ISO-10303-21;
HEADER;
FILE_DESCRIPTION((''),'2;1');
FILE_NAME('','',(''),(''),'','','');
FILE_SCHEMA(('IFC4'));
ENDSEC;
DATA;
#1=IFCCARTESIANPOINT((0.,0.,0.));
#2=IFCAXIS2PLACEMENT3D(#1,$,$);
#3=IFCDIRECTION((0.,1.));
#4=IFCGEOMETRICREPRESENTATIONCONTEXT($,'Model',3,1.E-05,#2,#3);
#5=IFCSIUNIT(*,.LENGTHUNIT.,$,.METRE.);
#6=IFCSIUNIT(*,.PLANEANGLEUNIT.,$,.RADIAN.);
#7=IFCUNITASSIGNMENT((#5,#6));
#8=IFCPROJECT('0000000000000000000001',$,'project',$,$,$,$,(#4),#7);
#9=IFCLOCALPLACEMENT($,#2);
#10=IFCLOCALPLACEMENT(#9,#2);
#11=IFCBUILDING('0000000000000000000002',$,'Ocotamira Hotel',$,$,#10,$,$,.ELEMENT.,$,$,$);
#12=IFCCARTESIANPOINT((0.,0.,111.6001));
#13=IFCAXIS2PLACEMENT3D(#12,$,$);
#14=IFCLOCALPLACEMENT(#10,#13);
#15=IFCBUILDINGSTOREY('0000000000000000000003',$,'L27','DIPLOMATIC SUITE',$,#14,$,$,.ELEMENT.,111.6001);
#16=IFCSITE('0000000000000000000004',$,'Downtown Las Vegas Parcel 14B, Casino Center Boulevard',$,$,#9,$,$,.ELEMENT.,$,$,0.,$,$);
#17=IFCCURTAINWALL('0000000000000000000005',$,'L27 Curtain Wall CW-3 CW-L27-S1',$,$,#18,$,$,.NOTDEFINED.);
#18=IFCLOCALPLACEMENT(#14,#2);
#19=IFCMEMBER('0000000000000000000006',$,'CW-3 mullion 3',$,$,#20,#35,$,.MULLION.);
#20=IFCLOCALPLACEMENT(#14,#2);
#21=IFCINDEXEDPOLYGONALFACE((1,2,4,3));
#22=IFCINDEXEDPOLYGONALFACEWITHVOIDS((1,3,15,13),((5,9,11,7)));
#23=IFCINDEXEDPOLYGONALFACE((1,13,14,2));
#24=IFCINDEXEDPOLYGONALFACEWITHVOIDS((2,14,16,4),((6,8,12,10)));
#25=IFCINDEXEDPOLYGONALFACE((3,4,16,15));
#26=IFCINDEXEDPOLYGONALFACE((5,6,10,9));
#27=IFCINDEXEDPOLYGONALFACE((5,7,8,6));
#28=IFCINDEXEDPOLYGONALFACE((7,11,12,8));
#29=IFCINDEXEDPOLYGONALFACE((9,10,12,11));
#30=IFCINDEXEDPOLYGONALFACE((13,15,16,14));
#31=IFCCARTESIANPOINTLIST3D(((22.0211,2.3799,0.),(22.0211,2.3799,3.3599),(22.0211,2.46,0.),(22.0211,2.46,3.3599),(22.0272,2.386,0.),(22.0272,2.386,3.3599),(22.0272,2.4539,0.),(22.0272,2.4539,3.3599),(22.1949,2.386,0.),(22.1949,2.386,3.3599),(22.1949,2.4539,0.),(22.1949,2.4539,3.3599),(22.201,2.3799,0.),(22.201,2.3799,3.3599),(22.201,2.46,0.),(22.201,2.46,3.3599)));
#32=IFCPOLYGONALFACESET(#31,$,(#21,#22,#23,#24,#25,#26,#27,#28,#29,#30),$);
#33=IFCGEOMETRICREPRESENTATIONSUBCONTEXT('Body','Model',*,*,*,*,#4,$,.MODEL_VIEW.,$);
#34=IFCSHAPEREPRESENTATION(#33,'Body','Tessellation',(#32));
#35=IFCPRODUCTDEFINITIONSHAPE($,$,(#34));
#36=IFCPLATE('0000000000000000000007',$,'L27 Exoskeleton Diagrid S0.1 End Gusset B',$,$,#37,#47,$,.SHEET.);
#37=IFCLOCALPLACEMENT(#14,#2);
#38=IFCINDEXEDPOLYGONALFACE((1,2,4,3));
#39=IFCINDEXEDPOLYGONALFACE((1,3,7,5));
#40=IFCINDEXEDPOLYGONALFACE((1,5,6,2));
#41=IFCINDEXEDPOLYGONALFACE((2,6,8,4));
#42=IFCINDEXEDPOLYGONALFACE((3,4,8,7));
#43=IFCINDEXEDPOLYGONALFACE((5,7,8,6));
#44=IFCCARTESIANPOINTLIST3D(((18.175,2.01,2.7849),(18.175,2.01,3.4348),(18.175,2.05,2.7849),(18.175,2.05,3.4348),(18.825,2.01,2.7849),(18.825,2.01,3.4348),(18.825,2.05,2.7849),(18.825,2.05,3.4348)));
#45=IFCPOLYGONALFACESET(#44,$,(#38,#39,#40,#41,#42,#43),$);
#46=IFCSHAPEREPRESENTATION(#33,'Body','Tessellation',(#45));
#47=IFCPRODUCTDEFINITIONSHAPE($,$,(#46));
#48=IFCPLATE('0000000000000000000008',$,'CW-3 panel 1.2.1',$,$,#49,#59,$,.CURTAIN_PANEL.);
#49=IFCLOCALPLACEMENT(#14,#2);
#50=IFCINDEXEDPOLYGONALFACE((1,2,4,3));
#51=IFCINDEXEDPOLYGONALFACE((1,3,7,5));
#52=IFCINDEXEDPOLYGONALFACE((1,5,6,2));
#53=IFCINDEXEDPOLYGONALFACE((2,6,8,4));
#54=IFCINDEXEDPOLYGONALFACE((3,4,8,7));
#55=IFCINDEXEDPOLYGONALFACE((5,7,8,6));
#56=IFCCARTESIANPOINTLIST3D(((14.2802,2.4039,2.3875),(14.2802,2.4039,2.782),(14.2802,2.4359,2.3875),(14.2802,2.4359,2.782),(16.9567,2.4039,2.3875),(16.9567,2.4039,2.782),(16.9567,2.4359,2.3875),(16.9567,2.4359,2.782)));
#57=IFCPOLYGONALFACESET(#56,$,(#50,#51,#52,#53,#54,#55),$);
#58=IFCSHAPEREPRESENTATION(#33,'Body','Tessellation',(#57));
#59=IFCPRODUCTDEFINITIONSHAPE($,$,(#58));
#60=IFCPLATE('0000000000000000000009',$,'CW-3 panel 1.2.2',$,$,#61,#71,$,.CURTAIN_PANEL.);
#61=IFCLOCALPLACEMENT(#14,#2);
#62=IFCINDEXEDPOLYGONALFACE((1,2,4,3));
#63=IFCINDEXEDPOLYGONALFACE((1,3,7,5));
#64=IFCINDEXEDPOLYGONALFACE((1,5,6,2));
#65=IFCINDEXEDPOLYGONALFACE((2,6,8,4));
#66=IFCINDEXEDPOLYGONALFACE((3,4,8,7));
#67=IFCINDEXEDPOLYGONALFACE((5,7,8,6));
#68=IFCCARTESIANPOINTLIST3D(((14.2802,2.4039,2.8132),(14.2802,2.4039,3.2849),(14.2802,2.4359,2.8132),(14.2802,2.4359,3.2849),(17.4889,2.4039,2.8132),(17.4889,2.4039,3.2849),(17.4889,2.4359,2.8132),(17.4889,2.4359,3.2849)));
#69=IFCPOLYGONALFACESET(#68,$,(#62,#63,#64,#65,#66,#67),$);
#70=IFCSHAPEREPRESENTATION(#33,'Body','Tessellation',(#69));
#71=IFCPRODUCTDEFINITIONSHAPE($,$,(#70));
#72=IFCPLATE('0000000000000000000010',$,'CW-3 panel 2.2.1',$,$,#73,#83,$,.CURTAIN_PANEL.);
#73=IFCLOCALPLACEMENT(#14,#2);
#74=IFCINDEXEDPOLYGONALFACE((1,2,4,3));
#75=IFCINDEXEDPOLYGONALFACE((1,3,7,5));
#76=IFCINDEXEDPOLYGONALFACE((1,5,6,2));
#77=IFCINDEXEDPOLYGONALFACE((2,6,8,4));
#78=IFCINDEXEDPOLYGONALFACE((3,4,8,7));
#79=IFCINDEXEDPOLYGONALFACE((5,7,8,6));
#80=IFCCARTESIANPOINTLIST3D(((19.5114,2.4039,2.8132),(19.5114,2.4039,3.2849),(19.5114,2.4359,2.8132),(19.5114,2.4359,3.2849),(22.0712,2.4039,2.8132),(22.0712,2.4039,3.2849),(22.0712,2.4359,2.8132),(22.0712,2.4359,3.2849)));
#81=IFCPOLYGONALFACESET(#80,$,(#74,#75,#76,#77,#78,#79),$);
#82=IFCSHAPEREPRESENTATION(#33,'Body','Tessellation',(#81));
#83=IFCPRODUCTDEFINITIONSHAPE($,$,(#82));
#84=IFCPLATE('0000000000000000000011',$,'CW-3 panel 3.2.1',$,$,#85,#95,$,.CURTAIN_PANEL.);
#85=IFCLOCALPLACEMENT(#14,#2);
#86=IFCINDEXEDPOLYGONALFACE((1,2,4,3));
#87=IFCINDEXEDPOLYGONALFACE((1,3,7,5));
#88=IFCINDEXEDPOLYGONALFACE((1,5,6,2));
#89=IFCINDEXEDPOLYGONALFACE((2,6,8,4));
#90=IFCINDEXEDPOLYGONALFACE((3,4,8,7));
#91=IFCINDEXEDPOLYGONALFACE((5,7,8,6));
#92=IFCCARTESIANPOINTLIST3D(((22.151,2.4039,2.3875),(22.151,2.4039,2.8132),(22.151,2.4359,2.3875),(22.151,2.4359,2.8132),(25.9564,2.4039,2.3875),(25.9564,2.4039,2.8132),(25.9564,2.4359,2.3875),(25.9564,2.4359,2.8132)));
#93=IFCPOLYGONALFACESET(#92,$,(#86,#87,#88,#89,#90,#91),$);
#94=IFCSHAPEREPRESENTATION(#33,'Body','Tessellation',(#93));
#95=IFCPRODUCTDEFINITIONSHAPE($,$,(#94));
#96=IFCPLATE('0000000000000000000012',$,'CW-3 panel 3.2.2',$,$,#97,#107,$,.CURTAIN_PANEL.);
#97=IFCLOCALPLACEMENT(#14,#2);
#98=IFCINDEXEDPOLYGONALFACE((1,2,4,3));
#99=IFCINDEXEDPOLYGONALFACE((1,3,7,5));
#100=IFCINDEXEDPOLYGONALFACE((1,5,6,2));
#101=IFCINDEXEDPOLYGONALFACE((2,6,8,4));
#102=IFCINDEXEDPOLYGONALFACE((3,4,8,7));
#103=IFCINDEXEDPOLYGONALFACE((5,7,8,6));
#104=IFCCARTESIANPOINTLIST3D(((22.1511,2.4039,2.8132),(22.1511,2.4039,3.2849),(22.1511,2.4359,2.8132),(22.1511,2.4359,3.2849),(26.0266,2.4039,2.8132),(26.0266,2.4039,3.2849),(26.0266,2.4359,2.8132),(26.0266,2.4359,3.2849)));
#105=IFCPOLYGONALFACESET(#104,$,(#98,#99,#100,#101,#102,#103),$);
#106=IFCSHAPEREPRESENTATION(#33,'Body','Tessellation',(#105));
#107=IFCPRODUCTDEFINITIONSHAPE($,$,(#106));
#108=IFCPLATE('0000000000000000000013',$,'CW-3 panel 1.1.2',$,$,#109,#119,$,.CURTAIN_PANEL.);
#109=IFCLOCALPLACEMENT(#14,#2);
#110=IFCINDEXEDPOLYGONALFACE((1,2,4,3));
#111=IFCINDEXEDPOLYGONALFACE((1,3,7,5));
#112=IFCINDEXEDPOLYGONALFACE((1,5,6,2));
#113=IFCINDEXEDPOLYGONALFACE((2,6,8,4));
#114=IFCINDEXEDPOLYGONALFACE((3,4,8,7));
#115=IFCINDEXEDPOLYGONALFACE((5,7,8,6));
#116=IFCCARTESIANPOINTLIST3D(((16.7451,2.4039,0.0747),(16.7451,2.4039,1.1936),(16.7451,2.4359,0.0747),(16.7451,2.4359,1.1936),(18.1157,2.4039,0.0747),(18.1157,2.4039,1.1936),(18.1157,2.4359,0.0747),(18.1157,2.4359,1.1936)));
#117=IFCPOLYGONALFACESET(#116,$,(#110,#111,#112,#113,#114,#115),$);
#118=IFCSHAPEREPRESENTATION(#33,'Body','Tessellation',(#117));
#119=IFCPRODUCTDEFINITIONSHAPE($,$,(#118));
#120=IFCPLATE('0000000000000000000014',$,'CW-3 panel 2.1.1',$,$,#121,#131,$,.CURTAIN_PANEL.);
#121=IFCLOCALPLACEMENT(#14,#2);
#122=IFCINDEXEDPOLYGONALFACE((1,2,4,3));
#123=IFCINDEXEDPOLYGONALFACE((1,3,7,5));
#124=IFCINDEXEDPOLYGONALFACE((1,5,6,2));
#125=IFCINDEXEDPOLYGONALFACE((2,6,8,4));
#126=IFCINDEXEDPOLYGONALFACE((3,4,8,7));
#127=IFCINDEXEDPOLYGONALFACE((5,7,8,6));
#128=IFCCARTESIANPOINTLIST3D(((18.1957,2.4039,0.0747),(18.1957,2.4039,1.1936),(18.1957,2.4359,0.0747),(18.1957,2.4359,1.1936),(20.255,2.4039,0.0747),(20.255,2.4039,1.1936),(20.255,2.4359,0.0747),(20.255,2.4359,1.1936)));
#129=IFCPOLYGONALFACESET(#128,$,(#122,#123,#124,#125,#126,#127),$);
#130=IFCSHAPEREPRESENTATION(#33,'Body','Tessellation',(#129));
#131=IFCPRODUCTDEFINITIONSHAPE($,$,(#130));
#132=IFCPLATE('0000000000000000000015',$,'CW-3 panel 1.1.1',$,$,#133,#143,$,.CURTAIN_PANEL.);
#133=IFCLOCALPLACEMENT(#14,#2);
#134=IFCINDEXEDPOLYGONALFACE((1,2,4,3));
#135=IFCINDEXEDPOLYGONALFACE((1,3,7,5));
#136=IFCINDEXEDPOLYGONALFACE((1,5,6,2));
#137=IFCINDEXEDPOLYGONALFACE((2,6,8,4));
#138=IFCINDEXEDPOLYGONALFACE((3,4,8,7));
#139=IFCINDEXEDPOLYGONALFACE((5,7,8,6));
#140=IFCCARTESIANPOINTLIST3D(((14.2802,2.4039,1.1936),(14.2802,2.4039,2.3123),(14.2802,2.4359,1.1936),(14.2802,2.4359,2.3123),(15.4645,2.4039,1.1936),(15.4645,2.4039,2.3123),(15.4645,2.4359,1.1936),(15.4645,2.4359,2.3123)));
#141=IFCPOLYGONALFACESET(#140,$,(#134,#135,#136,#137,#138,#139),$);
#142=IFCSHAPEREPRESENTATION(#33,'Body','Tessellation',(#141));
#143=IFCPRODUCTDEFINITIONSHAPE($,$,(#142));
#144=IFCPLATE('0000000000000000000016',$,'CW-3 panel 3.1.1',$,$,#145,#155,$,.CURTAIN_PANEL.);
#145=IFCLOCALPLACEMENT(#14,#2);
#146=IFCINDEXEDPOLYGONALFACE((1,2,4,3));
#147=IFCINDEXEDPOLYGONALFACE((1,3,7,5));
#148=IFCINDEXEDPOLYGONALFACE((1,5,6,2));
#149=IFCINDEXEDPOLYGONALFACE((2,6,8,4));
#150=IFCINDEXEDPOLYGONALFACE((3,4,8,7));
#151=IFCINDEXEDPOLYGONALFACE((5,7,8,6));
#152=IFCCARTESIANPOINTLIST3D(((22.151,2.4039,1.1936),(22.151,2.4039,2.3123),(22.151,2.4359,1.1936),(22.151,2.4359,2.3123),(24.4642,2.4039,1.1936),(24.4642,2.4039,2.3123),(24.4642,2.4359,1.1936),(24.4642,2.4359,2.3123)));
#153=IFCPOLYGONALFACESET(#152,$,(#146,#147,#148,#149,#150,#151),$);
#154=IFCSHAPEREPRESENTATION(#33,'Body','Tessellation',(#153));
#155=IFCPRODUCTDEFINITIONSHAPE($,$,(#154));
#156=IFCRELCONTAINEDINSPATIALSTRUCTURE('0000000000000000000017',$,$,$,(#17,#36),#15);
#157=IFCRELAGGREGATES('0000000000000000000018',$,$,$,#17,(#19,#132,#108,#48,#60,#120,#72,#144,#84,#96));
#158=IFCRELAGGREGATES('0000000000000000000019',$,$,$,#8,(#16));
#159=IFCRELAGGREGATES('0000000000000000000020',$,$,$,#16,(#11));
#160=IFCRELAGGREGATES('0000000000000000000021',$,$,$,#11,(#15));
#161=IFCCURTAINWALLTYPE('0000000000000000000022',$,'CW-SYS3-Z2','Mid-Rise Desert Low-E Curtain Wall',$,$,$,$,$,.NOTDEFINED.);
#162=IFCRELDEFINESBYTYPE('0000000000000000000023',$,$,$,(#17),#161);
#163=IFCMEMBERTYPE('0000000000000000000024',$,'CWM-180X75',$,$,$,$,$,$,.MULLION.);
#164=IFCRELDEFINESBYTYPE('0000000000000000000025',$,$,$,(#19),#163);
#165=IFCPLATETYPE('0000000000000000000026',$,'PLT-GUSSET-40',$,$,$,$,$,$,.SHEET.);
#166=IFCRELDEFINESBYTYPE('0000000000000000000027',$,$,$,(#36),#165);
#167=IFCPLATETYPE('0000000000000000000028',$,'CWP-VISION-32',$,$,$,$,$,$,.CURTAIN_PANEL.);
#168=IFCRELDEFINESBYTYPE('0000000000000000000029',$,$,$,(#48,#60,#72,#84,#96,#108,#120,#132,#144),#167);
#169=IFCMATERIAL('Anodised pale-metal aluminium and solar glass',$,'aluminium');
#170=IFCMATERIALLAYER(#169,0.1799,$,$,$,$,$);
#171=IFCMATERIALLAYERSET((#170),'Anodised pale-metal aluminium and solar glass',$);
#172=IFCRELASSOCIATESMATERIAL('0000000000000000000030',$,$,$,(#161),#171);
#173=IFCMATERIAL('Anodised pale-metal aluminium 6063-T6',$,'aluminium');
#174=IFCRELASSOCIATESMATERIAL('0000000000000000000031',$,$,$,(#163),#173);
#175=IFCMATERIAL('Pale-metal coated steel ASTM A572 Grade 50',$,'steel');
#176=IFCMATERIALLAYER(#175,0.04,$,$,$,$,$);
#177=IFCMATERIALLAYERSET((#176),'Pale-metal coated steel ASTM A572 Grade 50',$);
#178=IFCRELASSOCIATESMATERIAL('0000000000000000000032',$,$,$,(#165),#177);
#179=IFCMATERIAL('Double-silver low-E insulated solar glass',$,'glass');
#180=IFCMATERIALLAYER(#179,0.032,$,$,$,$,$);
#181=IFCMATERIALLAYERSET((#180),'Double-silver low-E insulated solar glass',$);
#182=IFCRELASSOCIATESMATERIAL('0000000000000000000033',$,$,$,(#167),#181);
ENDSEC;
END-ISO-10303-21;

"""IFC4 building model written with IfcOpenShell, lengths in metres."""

from ifc_helpers import new_model, si_unit, direction, frame, origin, origin_2d, place, context, subcontext, project, spatial, rectangle, hollow_rectangle, extrude, source, transform, mapped, material, layer, layer_set, material_profile, profile_set, type_object, element, aggregate, save


model = new_model("IFC4")

# Units and contexts
model_context = context("Model", 3, precision=1e-05, world=origin(), true_north=direction((0.0, 1.0)))
body_context = subcontext(model_context, "Body", "Model", "MODEL_VIEW")
ifc_project = project(units=[si_unit("LENGTHUNIT", "METRE"), si_unit("PLANEANGLEUNIT", "RADIAN")], contexts=[model_context])

# Site, building, storey
site_placement = place(None, origin())
site = spatial("IfcSite", under=ifc_project, at=site_placement, Name="Downtown Las Vegas Parcel 14B, Casino Center Boulevard", CompositionType="ELEMENT", RefElevation=0.0)
building_placement = place(site_placement, origin())
building = spatial("IfcBuilding", under=site, at=building_placement, Name="Ocotamira Hotel", CompositionType="ELEMENT")
storey_placement = place(building_placement, frame((0.0, 0.0, 111.6001)))
storey = spatial("IfcBuildingStorey", under=building, at=storey_placement, Name="L27", Description="DIPLOMATIC SUITE", CompositionType="ELEMENT", Elevation=111.6001)

# Curtain wall, member
ifc_material_1 = material(Name="Anodised pale-metal aluminium and solar glass", Category="aluminium")
ifc_layer_1 = layer(ifc_material_1, 0.1799)
ifc_layer_set_1 = layer_set([ifc_layer_1], Name="Anodised pale-metal aluminium and solar glass")
curtain_wall_type = type_object("IfcCurtainWallType", Name="CW-SYS3-Z2", Description="Mid-Rise Desert Low-E Curtain Wall", PredefinedType="NOTDEFINED", material=ifc_layer_set_1)
curtain_wall_placement = place(storey_placement, origin())
curtain_wall = element("IfcCurtainWall", 1, at=curtain_wall_placement, inside=storey, type_object=curtain_wall_type, Name="L27 Curtain Wall CW-3 CW-L27-S1", PredefinedType="NOTDEFINED")
ifc_material_2 = material(Name="Anodised pale-metal aluminium 6063-T6", Category="aluminium")
ifc_material_profile_1 = material_profile(ifc_material_2, hollow_rectangle(XDim=0.0801, YDim=0.1799, WallThickness=0.0061, at=origin_2d()), Name="HSS180X80X6")
ifc_profile_set_1 = profile_set([ifc_material_profile_1], Name="Anodised pale-metal aluminium 6063-T6")
member_type_1 = type_object("IfcMemberType", Name="CWM-180X75", PredefinedType="MULLION", material=ifc_profile_set_1)
shared_shape_1 = source(origin(), body_context, "Body", "SweptSolid", [
    extrude(hollow_rectangle(XDim=0.0801, YDim=0.1799, WallThickness=0.0061, at=origin_2d()), origin(), (0.0, 0.0, 1.0), 3.3599),
])
member_1_placement = place(storey_placement, frame((22.1111, 2.4199, 0.0), z_axis=(0.0, 0.0, 1.0), x_axis=(0.0, 1.0, 0.0)))
member_1 = element("IfcMember", 2, at=member_1_placement, type_object=member_type_1, Name="CW-3 mullion 3", PredefinedType="MULLION", context=body_context, shape_type="MappedRepresentation", body=[
    mapped(shared_shape_1, transform((0.0, 0.0, 0.0), scale=1.0)),
])

# Plates
ifc_material_3 = material(Name="Pale-metal coated steel ASTM A572 Grade 50", Category="steel")
ifc_layer_2 = layer(ifc_material_3, 0.04)
ifc_layer_set_2 = layer_set([ifc_layer_2], Name="Pale-metal coated steel ASTM A572 Grade 50")
plate_type_1 = type_object("IfcPlateType", Name="PLT-GUSSET-40", PredefinedType="SHEET", material=ifc_layer_set_2)
shared_shape_2 = source(origin(), body_context, "Body", "SweptSolid", [
    extrude(rectangle(XDim=0.6499, YDim=0.04, at=origin_2d()), origin(), (0.0, 0.0, 1.0), 0.6499),
])
plate_1_placement = place(storey_placement, frame((18.5, 2.03, 2.7849), z_axis=(0.0, 0.0, 1.0), x_axis=(1.0, 0.0, 0.0)))
element("IfcPlate", 3, at=plate_1_placement, inside=storey, type_object=plate_type_1, Name="L27 Exoskeleton Diagrid S0.1 End Gusset B", PredefinedType="SHEET", context=body_context, shape_type="MappedRepresentation", body=[
    mapped(shared_shape_2, transform((0.0, 0.0, 0.0), scale=1.0)),
])
ifc_material_4 = material(Name="Double-silver low-E insulated solar glass", Category="glass")
ifc_layer_3 = layer(ifc_material_4, 0.032)
ifc_layer_set_3 = layer_set([ifc_layer_3], Name="Double-silver low-E insulated solar glass")
plate_type_2 = type_object("IfcPlateType", Name="CWP-VISION-32", PredefinedType="CURTAIN_PANEL", material=ifc_layer_set_3)
shared_shape_3 = source(origin(), body_context, "Body", "SweptSolid", [
    extrude(rectangle(XDim=2.6765, YDim=0.032, at=origin_2d()), origin(), (0.0, 0.0, 1.0), 0.3945),
])
plate_2_placement = place(storey_placement, frame((15.6184, 2.4199, 2.3875), z_axis=(0.0, 0.0, 1.0), x_axis=(1.0, 0.0, 0.0)))
plate_2 = element("IfcPlate", 4, at=plate_2_placement, type_object=plate_type_2, Name="CW-3 panel 1.2.1", PredefinedType="CURTAIN_PANEL", context=body_context, shape_type="MappedRepresentation", body=[
    mapped(shared_shape_3, transform((0.0, 0.0, 0.0), scale=1.0)),
])
shared_shape_4 = source(origin(), body_context, "Body", "SweptSolid", [
    extrude(rectangle(XDim=3.2087, YDim=0.032, at=origin_2d()), origin(), (0.0, 0.0, 1.0), 0.4717),
])
plate_3_placement = place(storey_placement, frame((15.8845, 2.4199, 2.8132), z_axis=(0.0, 0.0, 1.0), x_axis=(1.0, 0.0, 0.0)))
plate_3 = element("IfcPlate", 5, at=plate_3_placement, type_object=plate_type_2, Name="CW-3 panel 1.2.2", PredefinedType="CURTAIN_PANEL", context=body_context, shape_type="MappedRepresentation", body=[
    mapped(shared_shape_4, transform((0.0, 0.0, 0.0), scale=1.0)),
])
shared_shape_5 = source(origin(), body_context, "Body", "SweptSolid", [
    extrude(rectangle(XDim=2.5598, YDim=0.032, at=origin_2d()), origin(), (0.0, 0.0, 1.0), 0.4717),
])
plate_4_placement = place(storey_placement, frame((20.7913, 2.4199, 2.8132), z_axis=(0.0, 0.0, 1.0), x_axis=(1.0, 0.0, 0.0)))
plate_4 = element("IfcPlate", 6, at=plate_4_placement, type_object=plate_type_2, Name="CW-3 panel 2.2.1", PredefinedType="CURTAIN_PANEL", context=body_context, shape_type="MappedRepresentation", body=[
    mapped(shared_shape_5, transform((0.0, 0.0, 0.0), scale=1.0)),
])
shared_shape_6 = source(origin(), body_context, "Body", "SweptSolid", [
    extrude(rectangle(XDim=3.8054, YDim=0.032, at=origin_2d()), origin(), (0.0, 0.0, 1.0), 0.4258),
])
plate_5_placement = place(storey_placement, frame((24.0537, 2.4199, 2.3875), z_axis=(0.0, 0.0, 1.0), x_axis=(1.0, 0.0, 0.0)))
plate_5 = element("IfcPlate", 7, at=plate_5_placement, type_object=plate_type_2, Name="CW-3 panel 3.2.1", PredefinedType="CURTAIN_PANEL", context=body_context, shape_type="MappedRepresentation", body=[
    mapped(shared_shape_6, transform((0.0, 0.0, 0.0), scale=1.0)),
])
shared_shape_7 = source(origin(), body_context, "Body", "SweptSolid", [
    extrude(rectangle(XDim=3.8755, YDim=0.032, at=origin_2d()), origin(), (0.0, 0.0, 1.0), 0.4717),
])
plate_6_placement = place(storey_placement, frame((24.0889, 2.4199, 2.8132), z_axis=(0.0, 0.0, 1.0), x_axis=(1.0, 0.0, 0.0)))
plate_6 = element("IfcPlate", 8, at=plate_6_placement, type_object=plate_type_2, Name="CW-3 panel 3.2.2", PredefinedType="CURTAIN_PANEL", context=body_context, shape_type="MappedRepresentation", body=[
    mapped(shared_shape_7, transform((0.0, 0.0, 0.0), scale=1.0)),
])
shared_shape_8 = source(origin(), body_context, "Body", "SweptSolid", [
    extrude(rectangle(XDim=1.3706, YDim=0.032, at=origin_2d()), origin(), (0.0, 0.0, 1.0), 1.1189),
])
plate_7_placement = place(storey_placement, frame((17.4304, 2.4199, 0.0747), z_axis=(0.0, 0.0, 1.0), x_axis=(1.0, 0.0, 0.0)))
plate_7 = element("IfcPlate", 9, at=plate_7_placement, type_object=plate_type_2, Name="CW-3 panel 1.1.2", PredefinedType="CURTAIN_PANEL", context=body_context, shape_type="MappedRepresentation", body=[
    mapped(shared_shape_8, transform((0.0, 0.0, 0.0), scale=1.0)),
])
shared_shape_9 = source(origin(), body_context, "Body", "SweptSolid", [
    extrude(rectangle(XDim=2.0593, YDim=0.032, at=origin_2d()), origin(), (0.0, 0.0, 1.0), 1.1189),
])
plate_8_placement = place(storey_placement, frame((19.2253, 2.4199, 0.0747), z_axis=(0.0, 0.0, 1.0), x_axis=(1.0, 0.0, 0.0)))
plate_8 = element("IfcPlate", 10, at=plate_8_placement, type_object=plate_type_2, Name="CW-3 panel 2.1.1", PredefinedType="CURTAIN_PANEL", context=body_context, shape_type="MappedRepresentation", body=[
    mapped(shared_shape_9, transform((0.0, 0.0, 0.0), scale=1.0)),
])
shared_shape_10 = source(origin(), body_context, "Body", "SweptSolid", [
    extrude(rectangle(XDim=1.1843, YDim=0.032, at=origin_2d()), origin(), (0.0, 0.0, 1.0), 1.1187),
])
plate_9_placement = place(storey_placement, frame((14.8723, 2.4199, 1.1936), z_axis=(0.0, 0.0, 1.0), x_axis=(1.0, 0.0, 0.0)))
plate_9 = element("IfcPlate", 11, at=plate_9_placement, type_object=plate_type_2, Name="CW-3 panel 1.1.1", PredefinedType="CURTAIN_PANEL", context=body_context, shape_type="MappedRepresentation", body=[
    mapped(shared_shape_10, transform((0.0, 0.0, 0.0), scale=1.0)),
])
shared_shape_11 = source(origin(), body_context, "Body", "SweptSolid", [
    extrude(rectangle(XDim=2.3132, YDim=0.032, at=origin_2d()), origin(), (0.0, 0.0, 1.0), 1.1187),
])
plate_10_placement = place(storey_placement, frame((23.3076, 2.4199, 1.1936), z_axis=(0.0, 0.0, 1.0), x_axis=(1.0, 0.0, 0.0)))
plate_10 = element("IfcPlate", 12, at=plate_10_placement, type_object=plate_type_2, Name="CW-3 panel 3.1.1", PredefinedType="CURTAIN_PANEL", context=body_context, shape_type="MappedRepresentation", body=[
    mapped(shared_shape_11, transform((0.0, 0.0, 0.0), scale=1.0)),
])
aggregate(curtain_wall, [member_1, plate_9, plate_7, plate_2, plate_3, plate_8, plate_4, plate_10, plate_5, plate_6])

save(model, "model.ifc")
